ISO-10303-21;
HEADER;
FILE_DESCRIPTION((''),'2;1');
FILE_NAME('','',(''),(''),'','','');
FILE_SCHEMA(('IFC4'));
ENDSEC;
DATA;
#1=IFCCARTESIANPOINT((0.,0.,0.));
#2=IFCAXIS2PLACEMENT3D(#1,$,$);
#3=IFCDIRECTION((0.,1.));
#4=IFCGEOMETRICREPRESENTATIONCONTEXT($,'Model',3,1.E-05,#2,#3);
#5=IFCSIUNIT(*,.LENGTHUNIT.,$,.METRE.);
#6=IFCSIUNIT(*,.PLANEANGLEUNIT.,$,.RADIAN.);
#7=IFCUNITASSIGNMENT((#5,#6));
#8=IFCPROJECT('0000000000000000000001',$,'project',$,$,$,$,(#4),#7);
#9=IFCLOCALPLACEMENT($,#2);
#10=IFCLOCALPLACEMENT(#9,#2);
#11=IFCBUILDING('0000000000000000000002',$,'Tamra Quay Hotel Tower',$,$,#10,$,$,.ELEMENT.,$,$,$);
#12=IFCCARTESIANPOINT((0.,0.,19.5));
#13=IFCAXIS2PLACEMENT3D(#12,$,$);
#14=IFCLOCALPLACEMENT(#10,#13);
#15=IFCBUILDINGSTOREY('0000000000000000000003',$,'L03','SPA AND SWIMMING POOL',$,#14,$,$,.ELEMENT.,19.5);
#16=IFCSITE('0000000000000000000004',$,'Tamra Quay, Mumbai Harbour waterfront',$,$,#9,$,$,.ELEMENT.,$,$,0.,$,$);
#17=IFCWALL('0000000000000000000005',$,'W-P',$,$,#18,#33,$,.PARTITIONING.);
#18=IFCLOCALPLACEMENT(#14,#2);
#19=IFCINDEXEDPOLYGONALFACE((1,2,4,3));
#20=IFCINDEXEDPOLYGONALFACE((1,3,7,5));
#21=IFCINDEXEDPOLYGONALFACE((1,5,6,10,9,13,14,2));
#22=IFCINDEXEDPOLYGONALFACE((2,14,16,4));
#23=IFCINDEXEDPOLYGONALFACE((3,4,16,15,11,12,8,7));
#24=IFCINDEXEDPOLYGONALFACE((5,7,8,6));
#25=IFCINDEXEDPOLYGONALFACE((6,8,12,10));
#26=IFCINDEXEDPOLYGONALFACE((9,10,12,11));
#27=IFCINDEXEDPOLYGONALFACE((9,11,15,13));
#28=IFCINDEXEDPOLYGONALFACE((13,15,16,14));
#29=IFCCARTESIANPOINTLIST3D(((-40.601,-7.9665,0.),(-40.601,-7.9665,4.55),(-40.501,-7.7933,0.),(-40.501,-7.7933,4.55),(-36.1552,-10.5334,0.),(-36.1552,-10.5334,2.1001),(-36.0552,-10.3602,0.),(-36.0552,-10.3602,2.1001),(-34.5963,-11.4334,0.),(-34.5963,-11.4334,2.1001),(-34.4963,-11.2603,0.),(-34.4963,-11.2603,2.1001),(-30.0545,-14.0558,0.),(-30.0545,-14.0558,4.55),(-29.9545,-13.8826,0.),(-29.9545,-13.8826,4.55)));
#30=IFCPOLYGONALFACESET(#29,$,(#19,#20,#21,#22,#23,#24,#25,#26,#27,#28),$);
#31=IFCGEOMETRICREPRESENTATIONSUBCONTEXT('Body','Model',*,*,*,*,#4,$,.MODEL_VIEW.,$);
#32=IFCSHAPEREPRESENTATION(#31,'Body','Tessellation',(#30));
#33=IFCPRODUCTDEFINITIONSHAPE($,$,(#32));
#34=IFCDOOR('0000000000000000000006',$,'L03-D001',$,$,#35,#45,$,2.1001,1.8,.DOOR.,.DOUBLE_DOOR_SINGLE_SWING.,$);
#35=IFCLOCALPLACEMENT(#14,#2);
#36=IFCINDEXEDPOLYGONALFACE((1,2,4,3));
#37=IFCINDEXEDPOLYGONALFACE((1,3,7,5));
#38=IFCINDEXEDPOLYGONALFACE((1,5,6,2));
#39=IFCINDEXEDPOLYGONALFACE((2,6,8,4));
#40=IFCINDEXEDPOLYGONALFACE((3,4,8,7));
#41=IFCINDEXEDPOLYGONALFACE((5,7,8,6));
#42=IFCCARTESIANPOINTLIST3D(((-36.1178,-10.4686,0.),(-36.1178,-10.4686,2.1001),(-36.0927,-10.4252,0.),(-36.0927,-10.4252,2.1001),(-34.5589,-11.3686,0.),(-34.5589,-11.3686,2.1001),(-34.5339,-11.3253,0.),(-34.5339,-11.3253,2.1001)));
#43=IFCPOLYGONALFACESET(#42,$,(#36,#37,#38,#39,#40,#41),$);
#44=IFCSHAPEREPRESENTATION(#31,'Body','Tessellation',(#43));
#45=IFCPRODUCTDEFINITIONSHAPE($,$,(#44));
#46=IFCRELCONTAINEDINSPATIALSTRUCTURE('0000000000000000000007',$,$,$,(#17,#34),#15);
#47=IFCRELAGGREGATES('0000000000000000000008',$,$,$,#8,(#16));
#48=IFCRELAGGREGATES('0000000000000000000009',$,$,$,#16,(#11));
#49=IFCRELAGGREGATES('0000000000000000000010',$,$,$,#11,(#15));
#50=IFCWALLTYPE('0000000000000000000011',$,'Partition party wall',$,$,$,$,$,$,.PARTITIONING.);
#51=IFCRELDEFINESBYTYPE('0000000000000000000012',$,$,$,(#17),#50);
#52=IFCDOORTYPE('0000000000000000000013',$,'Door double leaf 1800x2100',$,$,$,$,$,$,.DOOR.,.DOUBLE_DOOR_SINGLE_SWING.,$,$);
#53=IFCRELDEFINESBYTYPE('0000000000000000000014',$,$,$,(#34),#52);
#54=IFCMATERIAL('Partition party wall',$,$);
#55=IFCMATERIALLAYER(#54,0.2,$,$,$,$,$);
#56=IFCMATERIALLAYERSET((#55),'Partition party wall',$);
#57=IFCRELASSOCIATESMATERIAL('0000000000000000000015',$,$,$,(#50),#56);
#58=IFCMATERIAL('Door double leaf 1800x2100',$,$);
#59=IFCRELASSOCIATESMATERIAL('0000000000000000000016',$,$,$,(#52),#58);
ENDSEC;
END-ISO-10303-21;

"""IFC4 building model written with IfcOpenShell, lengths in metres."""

from ifc_helpers import new_model, si_unit, direction, frame, frame_2d, origin, place, context, subcontext, project, spatial, rectangle, extrude, material, layer, layer_set, type_object, element, fill, save


model = new_model("IFC4")

# Units and contexts
model_context = context("Model", 3, precision=1e-05, world=origin(), true_north=direction((0.0, 1.0)))
body_context = subcontext(model_context, "Body", "Model", "MODEL_VIEW")
ifc_project = project(units=[si_unit("LENGTHUNIT", "METRE"), si_unit("PLANEANGLEUNIT", "RADIAN")], contexts=[model_context])

# Site, building, storey
site_placement = place(None, origin())
site = spatial("IfcSite", under=ifc_project, at=site_placement, Name="Tamra Quay, Mumbai Harbour waterfront", CompositionType="ELEMENT", RefElevation=0.0)
building_placement = place(site_placement, origin())
building = spatial("IfcBuilding", under=site, at=building_placement, Name="Tamra Quay Hotel Tower", CompositionType="ELEMENT")
storey_placement = place(building_placement, frame((0.0, 0.0, 19.5)))
storey = spatial("IfcBuildingStorey", under=building, at=storey_placement, Name="L03", Description="SPA AND SWIMMING POOL", CompositionType="ELEMENT", Elevation=19.5)

# Shared definitions
ifc_material_1 = material(Name="Partition party wall")
ifc_layer_1 = layer(ifc_material_1, 0.2)
ifc_layer_set_1 = layer_set([ifc_layer_1], Name="Partition party wall")
wall_type_1 = type_object("IfcWallType", Name="Partition party wall", PredefinedType="PARTITIONING", material=ifc_layer_set_1)

# Wall, opening, door
wall_1_placement = place(storey_placement, frame((-40.551, -7.8799, 0.0), z_axis=(0.0, 0.0, 1.0), x_axis=(0.866016, -0.500016, 0.0)))
wall_1 = element("IfcWall", 1, at=wall_1_placement, inside=storey, type_object=wall_type_1, Name="W-P", PredefinedType="PARTITIONING", context=body_context, shape_type="SweptSolid", body=[
    extrude(rectangle(XDim=12.1782, YDim=0.2, at=frame_2d((6.0891, 0.0))), origin(), (0.0, 0.0, 1.0), 4.55),
])
opening_1_placement = place(wall_1_placement, frame((5.1338, 0.0, 0.0)))
opening_1 = element("IfcOpeningElement", 2, at=opening_1_placement, cuts=wall_1, PredefinedType="OPENING", context=body_context, shape_type="SweptSolid", body=[
    extrude(rectangle(XDim=1.8, YDim=2.1001, at=frame_2d((0.8999, 1.05))), frame((0.0, 0.1099, 0.0), z_axis=(0.0, -1.0, 0.0), x_axis=(1.0, 0.0, 0.0)), (0.0, 0.0, 1.0), 0.22),
])
ifc_material_2 = material(Name="Door double leaf 1800x2100")
door_type_1 = type_object("IfcDoorType", Name="Door double leaf 1800x2100", OperationType="DOUBLE_DOOR_SINGLE_SWING", PredefinedType="DOOR", material=ifc_material_2)
door_1_placement = place(opening_1_placement, origin())
door_1 = element("IfcDoor", 3, at=door_1_placement, inside=storey, type_object=door_type_1, Name="L03-D001", OperationType="DOUBLE_DOOR_SINGLE_SWING", OverallHeight=2.1001, OverallWidth=1.8, PredefinedType="DOOR", context=body_context, shape_type="SweptSolid", body=[
    extrude(rectangle(XDim=1.8, YDim=2.1001, at=frame_2d((0.8999, 1.05))), frame((0.0, 0.0249, 0.0), z_axis=(0.0, -1.0, 0.0), x_axis=(1.0, 0.0, 0.0)), (0.0, 0.0, 1.0), 0.05),
])
fill(opening_1, door_1)

save(model, "model.ifc")
